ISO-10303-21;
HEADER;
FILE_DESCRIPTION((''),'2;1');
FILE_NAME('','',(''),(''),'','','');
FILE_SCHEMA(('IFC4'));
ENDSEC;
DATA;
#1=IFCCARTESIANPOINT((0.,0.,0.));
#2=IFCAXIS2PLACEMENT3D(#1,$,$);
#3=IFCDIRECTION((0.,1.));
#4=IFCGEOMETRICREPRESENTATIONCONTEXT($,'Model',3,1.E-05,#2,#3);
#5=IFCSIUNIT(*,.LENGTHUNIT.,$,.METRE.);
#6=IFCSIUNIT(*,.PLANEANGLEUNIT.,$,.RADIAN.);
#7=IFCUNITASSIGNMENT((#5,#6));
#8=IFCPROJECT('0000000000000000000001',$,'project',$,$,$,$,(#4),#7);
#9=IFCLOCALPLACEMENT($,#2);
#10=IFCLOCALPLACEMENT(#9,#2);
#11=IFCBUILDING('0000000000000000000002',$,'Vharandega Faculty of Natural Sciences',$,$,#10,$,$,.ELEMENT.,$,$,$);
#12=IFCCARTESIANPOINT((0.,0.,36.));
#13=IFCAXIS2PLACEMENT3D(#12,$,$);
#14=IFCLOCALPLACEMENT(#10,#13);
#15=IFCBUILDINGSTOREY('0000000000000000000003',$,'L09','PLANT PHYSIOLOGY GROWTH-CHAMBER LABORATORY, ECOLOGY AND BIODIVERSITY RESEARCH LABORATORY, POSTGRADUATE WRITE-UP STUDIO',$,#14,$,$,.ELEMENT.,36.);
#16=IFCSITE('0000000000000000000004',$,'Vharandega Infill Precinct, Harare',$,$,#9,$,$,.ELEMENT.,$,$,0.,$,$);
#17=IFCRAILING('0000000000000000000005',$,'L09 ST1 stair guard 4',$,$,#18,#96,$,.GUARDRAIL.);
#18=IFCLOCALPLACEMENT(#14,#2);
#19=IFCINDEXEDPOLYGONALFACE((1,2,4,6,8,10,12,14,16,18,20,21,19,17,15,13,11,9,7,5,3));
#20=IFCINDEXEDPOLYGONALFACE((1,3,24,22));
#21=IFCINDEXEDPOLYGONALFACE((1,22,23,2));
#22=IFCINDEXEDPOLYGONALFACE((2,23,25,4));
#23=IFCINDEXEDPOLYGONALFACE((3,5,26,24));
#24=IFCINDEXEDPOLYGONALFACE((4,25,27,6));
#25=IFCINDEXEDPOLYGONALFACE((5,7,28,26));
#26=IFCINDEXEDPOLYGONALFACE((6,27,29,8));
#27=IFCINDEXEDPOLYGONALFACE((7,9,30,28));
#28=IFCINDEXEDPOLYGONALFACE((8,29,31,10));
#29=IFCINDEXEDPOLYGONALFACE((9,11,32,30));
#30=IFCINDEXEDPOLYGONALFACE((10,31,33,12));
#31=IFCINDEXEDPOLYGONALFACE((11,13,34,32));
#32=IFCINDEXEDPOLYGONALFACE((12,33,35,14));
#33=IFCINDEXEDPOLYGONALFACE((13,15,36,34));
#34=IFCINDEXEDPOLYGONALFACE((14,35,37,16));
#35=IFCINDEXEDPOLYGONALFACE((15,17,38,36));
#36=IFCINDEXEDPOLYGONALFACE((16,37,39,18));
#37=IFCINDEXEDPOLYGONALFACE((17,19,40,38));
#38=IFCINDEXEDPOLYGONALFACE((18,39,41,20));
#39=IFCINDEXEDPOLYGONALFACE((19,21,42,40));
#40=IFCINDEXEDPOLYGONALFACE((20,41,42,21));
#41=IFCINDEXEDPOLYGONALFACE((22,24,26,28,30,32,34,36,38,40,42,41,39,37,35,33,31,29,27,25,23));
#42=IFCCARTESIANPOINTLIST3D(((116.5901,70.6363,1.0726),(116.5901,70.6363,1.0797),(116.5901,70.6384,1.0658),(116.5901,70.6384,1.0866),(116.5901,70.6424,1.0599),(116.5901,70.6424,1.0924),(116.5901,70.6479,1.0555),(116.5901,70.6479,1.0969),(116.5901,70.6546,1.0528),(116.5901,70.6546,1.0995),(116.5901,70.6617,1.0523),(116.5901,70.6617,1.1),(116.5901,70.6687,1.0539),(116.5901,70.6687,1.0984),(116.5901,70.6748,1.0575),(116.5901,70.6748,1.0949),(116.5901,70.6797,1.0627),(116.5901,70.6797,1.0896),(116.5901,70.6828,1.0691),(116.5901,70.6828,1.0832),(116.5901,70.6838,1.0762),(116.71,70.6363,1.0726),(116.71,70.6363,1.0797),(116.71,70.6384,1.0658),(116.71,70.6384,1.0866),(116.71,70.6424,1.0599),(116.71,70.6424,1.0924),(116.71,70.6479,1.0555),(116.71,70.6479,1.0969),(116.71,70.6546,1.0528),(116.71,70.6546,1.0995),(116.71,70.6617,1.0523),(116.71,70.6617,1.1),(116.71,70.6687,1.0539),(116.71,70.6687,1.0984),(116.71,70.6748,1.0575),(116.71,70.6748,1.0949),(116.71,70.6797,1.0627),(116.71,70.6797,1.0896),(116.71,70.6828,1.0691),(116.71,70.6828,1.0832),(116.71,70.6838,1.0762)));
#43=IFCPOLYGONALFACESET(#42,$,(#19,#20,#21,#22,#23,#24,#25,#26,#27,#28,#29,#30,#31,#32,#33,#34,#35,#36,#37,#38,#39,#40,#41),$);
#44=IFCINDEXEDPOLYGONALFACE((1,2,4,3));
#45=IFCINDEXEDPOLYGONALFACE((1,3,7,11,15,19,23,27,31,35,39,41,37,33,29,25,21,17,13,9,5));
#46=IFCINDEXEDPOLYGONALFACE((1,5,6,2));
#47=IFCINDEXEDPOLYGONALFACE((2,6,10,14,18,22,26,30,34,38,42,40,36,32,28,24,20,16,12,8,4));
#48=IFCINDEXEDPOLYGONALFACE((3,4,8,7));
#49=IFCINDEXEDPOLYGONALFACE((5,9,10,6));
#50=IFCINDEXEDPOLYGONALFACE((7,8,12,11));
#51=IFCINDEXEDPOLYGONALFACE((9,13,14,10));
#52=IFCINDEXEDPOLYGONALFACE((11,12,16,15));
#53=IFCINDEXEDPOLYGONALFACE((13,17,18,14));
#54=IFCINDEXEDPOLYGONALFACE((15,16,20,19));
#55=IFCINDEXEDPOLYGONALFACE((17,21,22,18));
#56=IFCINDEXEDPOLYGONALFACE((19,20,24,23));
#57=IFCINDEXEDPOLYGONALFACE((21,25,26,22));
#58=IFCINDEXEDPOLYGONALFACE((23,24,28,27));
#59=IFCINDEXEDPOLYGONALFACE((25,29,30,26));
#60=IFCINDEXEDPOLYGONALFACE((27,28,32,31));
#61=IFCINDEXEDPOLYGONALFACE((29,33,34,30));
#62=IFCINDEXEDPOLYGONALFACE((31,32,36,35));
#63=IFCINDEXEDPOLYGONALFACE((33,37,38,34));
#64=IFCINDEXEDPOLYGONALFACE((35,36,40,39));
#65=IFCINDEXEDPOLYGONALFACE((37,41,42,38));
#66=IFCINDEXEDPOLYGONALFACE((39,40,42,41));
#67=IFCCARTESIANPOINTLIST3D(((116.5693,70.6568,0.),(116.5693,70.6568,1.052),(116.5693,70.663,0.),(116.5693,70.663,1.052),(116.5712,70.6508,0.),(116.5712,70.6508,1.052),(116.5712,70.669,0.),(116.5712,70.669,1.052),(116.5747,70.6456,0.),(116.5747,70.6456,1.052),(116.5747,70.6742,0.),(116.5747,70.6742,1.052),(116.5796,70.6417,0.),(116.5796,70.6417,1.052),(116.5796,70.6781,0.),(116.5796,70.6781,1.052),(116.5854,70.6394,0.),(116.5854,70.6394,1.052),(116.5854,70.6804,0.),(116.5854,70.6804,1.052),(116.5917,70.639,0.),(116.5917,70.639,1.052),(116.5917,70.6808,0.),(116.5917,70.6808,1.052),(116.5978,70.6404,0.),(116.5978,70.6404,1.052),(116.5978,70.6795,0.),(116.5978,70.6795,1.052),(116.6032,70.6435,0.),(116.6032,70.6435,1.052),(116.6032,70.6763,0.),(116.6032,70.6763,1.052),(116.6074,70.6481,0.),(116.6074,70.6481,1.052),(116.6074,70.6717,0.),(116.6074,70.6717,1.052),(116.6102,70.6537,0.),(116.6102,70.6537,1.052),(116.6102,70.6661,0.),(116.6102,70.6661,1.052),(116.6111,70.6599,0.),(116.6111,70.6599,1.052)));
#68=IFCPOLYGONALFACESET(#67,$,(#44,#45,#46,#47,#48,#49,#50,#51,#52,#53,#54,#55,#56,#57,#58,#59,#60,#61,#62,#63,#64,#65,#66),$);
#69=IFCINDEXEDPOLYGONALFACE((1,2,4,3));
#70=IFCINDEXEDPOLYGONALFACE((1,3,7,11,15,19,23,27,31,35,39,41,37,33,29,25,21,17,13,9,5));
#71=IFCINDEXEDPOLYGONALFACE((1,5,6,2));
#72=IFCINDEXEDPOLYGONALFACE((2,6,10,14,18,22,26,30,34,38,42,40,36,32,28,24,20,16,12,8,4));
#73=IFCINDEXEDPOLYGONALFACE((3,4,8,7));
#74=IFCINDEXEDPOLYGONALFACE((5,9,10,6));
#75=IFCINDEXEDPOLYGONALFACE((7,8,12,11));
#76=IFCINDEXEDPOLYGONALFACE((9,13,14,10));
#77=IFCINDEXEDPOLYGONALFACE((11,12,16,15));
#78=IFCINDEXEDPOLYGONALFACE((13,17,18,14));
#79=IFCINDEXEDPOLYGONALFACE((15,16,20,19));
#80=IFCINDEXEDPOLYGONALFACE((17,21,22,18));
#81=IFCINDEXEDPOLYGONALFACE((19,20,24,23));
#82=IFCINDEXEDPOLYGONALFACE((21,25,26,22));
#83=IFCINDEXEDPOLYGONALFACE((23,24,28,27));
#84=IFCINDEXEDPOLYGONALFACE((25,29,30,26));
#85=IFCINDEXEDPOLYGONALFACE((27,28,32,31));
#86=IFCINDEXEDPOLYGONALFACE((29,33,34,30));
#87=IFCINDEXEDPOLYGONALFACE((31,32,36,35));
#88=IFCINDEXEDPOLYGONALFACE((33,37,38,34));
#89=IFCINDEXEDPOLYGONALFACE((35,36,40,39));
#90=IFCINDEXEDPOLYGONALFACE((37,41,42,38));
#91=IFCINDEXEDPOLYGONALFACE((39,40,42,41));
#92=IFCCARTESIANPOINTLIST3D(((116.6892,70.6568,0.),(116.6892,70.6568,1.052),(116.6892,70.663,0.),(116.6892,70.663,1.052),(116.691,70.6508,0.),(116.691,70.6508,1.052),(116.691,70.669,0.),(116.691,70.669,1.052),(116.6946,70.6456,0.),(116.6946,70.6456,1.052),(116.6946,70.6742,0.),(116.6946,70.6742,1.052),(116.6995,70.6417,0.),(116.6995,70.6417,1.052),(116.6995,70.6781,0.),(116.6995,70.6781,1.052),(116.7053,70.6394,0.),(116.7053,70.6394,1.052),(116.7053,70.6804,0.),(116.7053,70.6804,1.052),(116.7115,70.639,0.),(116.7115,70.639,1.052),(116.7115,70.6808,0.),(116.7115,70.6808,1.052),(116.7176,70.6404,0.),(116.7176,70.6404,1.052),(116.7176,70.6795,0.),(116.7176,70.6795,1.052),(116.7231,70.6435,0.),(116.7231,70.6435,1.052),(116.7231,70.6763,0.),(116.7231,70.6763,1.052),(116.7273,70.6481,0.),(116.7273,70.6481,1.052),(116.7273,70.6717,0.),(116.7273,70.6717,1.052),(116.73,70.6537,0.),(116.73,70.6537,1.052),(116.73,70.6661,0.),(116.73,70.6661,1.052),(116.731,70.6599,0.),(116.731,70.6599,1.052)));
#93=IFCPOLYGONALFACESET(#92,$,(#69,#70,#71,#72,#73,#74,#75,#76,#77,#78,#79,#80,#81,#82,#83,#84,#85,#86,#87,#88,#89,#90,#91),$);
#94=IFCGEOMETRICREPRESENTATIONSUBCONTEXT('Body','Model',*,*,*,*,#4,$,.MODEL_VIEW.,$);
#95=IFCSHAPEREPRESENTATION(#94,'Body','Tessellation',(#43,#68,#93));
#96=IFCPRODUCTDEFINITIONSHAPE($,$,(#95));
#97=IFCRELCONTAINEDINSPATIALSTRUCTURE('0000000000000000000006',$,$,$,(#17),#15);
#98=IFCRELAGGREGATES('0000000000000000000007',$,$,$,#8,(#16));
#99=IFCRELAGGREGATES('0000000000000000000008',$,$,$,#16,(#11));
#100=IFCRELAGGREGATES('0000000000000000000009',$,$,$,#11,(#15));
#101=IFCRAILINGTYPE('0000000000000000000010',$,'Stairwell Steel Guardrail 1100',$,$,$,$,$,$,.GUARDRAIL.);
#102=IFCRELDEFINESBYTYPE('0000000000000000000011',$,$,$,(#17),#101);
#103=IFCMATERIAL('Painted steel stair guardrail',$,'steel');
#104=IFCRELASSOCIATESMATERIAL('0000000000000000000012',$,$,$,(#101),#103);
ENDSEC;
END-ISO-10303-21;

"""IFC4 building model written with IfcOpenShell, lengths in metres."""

from ifc_helpers import new_model, si_unit, direction, frame, origin, origin_2d, place, context, subcontext, project, spatial, circle, extrude, material, type_object, element, save


model = new_model("IFC4")

# Units and contexts
model_context = context("Model", 3, precision=1e-05, world=origin(), true_north=direction((0.0, 1.0)))
body_context = subcontext(model_context, "Body", "Model", "MODEL_VIEW")
ifc_project = project(units=[si_unit("LENGTHUNIT", "METRE"), si_unit("PLANEANGLEUNIT", "RADIAN")], contexts=[model_context])

# Site, building, storey
site_placement = place(None, origin())
site = spatial("IfcSite", under=ifc_project, at=site_placement, Name="Vharandega Infill Precinct, Harare", CompositionType="ELEMENT", RefElevation=0.0)
building_placement = place(site_placement, origin())
building = spatial("IfcBuilding", under=site, at=building_placement, Name="Vharandega Faculty of Natural Sciences", CompositionType="ELEMENT")
storey_placement = place(building_placement, frame((0.0, 0.0, 36.0)))
storey = spatial("IfcBuildingStorey", under=building, at=storey_placement, Name="L09", Description="PLANT PHYSIOLOGY GROWTH-CHAMBER LABORATORY, ECOLOGY AND BIODIVERSITY RESEARCH LABORATORY, POSTGRADUATE WRITE-UP STUDIO", CompositionType="ELEMENT", Elevation=36.0)

# Railing
ifc_material_1 = material(Name="Painted steel stair guardrail", Category="steel")
railing_type_1 = type_object("IfcRailingType", Name="Stairwell Steel Guardrail 1100", PredefinedType="GUARDRAIL", material=ifc_material_1)
railing_1_placement = place(storey_placement, frame((116.5901, 70.6599, 0.0)))
element("IfcRailing", 1, at=railing_1_placement, inside=storey, type_object=railing_type_1, Name="L09 ST1 stair guard 4", PredefinedType="GUARDRAIL", context=body_context, shape_type="SweptSolid", body=[
    extrude(circle(Radius=0.0239, at=origin_2d()), frame((0.0, 0.0, 1.0762), z_axis=(1.0, 0.0, 0.0), x_axis=(0.0, 1.0, 0.0)), (0.0, 0.0, 1.0), 0.1199),
    extrude(circle(Radius=0.021, at=origin_2d()), origin(), (0.0, 0.0, 1.0), 1.052),
    extrude(circle(Radius=0.021, at=origin_2d()), frame((0.1199, 0.0, 0.0)), (0.0, 0.0, 1.0), 1.052),
])

save(model, "model.ifc")
